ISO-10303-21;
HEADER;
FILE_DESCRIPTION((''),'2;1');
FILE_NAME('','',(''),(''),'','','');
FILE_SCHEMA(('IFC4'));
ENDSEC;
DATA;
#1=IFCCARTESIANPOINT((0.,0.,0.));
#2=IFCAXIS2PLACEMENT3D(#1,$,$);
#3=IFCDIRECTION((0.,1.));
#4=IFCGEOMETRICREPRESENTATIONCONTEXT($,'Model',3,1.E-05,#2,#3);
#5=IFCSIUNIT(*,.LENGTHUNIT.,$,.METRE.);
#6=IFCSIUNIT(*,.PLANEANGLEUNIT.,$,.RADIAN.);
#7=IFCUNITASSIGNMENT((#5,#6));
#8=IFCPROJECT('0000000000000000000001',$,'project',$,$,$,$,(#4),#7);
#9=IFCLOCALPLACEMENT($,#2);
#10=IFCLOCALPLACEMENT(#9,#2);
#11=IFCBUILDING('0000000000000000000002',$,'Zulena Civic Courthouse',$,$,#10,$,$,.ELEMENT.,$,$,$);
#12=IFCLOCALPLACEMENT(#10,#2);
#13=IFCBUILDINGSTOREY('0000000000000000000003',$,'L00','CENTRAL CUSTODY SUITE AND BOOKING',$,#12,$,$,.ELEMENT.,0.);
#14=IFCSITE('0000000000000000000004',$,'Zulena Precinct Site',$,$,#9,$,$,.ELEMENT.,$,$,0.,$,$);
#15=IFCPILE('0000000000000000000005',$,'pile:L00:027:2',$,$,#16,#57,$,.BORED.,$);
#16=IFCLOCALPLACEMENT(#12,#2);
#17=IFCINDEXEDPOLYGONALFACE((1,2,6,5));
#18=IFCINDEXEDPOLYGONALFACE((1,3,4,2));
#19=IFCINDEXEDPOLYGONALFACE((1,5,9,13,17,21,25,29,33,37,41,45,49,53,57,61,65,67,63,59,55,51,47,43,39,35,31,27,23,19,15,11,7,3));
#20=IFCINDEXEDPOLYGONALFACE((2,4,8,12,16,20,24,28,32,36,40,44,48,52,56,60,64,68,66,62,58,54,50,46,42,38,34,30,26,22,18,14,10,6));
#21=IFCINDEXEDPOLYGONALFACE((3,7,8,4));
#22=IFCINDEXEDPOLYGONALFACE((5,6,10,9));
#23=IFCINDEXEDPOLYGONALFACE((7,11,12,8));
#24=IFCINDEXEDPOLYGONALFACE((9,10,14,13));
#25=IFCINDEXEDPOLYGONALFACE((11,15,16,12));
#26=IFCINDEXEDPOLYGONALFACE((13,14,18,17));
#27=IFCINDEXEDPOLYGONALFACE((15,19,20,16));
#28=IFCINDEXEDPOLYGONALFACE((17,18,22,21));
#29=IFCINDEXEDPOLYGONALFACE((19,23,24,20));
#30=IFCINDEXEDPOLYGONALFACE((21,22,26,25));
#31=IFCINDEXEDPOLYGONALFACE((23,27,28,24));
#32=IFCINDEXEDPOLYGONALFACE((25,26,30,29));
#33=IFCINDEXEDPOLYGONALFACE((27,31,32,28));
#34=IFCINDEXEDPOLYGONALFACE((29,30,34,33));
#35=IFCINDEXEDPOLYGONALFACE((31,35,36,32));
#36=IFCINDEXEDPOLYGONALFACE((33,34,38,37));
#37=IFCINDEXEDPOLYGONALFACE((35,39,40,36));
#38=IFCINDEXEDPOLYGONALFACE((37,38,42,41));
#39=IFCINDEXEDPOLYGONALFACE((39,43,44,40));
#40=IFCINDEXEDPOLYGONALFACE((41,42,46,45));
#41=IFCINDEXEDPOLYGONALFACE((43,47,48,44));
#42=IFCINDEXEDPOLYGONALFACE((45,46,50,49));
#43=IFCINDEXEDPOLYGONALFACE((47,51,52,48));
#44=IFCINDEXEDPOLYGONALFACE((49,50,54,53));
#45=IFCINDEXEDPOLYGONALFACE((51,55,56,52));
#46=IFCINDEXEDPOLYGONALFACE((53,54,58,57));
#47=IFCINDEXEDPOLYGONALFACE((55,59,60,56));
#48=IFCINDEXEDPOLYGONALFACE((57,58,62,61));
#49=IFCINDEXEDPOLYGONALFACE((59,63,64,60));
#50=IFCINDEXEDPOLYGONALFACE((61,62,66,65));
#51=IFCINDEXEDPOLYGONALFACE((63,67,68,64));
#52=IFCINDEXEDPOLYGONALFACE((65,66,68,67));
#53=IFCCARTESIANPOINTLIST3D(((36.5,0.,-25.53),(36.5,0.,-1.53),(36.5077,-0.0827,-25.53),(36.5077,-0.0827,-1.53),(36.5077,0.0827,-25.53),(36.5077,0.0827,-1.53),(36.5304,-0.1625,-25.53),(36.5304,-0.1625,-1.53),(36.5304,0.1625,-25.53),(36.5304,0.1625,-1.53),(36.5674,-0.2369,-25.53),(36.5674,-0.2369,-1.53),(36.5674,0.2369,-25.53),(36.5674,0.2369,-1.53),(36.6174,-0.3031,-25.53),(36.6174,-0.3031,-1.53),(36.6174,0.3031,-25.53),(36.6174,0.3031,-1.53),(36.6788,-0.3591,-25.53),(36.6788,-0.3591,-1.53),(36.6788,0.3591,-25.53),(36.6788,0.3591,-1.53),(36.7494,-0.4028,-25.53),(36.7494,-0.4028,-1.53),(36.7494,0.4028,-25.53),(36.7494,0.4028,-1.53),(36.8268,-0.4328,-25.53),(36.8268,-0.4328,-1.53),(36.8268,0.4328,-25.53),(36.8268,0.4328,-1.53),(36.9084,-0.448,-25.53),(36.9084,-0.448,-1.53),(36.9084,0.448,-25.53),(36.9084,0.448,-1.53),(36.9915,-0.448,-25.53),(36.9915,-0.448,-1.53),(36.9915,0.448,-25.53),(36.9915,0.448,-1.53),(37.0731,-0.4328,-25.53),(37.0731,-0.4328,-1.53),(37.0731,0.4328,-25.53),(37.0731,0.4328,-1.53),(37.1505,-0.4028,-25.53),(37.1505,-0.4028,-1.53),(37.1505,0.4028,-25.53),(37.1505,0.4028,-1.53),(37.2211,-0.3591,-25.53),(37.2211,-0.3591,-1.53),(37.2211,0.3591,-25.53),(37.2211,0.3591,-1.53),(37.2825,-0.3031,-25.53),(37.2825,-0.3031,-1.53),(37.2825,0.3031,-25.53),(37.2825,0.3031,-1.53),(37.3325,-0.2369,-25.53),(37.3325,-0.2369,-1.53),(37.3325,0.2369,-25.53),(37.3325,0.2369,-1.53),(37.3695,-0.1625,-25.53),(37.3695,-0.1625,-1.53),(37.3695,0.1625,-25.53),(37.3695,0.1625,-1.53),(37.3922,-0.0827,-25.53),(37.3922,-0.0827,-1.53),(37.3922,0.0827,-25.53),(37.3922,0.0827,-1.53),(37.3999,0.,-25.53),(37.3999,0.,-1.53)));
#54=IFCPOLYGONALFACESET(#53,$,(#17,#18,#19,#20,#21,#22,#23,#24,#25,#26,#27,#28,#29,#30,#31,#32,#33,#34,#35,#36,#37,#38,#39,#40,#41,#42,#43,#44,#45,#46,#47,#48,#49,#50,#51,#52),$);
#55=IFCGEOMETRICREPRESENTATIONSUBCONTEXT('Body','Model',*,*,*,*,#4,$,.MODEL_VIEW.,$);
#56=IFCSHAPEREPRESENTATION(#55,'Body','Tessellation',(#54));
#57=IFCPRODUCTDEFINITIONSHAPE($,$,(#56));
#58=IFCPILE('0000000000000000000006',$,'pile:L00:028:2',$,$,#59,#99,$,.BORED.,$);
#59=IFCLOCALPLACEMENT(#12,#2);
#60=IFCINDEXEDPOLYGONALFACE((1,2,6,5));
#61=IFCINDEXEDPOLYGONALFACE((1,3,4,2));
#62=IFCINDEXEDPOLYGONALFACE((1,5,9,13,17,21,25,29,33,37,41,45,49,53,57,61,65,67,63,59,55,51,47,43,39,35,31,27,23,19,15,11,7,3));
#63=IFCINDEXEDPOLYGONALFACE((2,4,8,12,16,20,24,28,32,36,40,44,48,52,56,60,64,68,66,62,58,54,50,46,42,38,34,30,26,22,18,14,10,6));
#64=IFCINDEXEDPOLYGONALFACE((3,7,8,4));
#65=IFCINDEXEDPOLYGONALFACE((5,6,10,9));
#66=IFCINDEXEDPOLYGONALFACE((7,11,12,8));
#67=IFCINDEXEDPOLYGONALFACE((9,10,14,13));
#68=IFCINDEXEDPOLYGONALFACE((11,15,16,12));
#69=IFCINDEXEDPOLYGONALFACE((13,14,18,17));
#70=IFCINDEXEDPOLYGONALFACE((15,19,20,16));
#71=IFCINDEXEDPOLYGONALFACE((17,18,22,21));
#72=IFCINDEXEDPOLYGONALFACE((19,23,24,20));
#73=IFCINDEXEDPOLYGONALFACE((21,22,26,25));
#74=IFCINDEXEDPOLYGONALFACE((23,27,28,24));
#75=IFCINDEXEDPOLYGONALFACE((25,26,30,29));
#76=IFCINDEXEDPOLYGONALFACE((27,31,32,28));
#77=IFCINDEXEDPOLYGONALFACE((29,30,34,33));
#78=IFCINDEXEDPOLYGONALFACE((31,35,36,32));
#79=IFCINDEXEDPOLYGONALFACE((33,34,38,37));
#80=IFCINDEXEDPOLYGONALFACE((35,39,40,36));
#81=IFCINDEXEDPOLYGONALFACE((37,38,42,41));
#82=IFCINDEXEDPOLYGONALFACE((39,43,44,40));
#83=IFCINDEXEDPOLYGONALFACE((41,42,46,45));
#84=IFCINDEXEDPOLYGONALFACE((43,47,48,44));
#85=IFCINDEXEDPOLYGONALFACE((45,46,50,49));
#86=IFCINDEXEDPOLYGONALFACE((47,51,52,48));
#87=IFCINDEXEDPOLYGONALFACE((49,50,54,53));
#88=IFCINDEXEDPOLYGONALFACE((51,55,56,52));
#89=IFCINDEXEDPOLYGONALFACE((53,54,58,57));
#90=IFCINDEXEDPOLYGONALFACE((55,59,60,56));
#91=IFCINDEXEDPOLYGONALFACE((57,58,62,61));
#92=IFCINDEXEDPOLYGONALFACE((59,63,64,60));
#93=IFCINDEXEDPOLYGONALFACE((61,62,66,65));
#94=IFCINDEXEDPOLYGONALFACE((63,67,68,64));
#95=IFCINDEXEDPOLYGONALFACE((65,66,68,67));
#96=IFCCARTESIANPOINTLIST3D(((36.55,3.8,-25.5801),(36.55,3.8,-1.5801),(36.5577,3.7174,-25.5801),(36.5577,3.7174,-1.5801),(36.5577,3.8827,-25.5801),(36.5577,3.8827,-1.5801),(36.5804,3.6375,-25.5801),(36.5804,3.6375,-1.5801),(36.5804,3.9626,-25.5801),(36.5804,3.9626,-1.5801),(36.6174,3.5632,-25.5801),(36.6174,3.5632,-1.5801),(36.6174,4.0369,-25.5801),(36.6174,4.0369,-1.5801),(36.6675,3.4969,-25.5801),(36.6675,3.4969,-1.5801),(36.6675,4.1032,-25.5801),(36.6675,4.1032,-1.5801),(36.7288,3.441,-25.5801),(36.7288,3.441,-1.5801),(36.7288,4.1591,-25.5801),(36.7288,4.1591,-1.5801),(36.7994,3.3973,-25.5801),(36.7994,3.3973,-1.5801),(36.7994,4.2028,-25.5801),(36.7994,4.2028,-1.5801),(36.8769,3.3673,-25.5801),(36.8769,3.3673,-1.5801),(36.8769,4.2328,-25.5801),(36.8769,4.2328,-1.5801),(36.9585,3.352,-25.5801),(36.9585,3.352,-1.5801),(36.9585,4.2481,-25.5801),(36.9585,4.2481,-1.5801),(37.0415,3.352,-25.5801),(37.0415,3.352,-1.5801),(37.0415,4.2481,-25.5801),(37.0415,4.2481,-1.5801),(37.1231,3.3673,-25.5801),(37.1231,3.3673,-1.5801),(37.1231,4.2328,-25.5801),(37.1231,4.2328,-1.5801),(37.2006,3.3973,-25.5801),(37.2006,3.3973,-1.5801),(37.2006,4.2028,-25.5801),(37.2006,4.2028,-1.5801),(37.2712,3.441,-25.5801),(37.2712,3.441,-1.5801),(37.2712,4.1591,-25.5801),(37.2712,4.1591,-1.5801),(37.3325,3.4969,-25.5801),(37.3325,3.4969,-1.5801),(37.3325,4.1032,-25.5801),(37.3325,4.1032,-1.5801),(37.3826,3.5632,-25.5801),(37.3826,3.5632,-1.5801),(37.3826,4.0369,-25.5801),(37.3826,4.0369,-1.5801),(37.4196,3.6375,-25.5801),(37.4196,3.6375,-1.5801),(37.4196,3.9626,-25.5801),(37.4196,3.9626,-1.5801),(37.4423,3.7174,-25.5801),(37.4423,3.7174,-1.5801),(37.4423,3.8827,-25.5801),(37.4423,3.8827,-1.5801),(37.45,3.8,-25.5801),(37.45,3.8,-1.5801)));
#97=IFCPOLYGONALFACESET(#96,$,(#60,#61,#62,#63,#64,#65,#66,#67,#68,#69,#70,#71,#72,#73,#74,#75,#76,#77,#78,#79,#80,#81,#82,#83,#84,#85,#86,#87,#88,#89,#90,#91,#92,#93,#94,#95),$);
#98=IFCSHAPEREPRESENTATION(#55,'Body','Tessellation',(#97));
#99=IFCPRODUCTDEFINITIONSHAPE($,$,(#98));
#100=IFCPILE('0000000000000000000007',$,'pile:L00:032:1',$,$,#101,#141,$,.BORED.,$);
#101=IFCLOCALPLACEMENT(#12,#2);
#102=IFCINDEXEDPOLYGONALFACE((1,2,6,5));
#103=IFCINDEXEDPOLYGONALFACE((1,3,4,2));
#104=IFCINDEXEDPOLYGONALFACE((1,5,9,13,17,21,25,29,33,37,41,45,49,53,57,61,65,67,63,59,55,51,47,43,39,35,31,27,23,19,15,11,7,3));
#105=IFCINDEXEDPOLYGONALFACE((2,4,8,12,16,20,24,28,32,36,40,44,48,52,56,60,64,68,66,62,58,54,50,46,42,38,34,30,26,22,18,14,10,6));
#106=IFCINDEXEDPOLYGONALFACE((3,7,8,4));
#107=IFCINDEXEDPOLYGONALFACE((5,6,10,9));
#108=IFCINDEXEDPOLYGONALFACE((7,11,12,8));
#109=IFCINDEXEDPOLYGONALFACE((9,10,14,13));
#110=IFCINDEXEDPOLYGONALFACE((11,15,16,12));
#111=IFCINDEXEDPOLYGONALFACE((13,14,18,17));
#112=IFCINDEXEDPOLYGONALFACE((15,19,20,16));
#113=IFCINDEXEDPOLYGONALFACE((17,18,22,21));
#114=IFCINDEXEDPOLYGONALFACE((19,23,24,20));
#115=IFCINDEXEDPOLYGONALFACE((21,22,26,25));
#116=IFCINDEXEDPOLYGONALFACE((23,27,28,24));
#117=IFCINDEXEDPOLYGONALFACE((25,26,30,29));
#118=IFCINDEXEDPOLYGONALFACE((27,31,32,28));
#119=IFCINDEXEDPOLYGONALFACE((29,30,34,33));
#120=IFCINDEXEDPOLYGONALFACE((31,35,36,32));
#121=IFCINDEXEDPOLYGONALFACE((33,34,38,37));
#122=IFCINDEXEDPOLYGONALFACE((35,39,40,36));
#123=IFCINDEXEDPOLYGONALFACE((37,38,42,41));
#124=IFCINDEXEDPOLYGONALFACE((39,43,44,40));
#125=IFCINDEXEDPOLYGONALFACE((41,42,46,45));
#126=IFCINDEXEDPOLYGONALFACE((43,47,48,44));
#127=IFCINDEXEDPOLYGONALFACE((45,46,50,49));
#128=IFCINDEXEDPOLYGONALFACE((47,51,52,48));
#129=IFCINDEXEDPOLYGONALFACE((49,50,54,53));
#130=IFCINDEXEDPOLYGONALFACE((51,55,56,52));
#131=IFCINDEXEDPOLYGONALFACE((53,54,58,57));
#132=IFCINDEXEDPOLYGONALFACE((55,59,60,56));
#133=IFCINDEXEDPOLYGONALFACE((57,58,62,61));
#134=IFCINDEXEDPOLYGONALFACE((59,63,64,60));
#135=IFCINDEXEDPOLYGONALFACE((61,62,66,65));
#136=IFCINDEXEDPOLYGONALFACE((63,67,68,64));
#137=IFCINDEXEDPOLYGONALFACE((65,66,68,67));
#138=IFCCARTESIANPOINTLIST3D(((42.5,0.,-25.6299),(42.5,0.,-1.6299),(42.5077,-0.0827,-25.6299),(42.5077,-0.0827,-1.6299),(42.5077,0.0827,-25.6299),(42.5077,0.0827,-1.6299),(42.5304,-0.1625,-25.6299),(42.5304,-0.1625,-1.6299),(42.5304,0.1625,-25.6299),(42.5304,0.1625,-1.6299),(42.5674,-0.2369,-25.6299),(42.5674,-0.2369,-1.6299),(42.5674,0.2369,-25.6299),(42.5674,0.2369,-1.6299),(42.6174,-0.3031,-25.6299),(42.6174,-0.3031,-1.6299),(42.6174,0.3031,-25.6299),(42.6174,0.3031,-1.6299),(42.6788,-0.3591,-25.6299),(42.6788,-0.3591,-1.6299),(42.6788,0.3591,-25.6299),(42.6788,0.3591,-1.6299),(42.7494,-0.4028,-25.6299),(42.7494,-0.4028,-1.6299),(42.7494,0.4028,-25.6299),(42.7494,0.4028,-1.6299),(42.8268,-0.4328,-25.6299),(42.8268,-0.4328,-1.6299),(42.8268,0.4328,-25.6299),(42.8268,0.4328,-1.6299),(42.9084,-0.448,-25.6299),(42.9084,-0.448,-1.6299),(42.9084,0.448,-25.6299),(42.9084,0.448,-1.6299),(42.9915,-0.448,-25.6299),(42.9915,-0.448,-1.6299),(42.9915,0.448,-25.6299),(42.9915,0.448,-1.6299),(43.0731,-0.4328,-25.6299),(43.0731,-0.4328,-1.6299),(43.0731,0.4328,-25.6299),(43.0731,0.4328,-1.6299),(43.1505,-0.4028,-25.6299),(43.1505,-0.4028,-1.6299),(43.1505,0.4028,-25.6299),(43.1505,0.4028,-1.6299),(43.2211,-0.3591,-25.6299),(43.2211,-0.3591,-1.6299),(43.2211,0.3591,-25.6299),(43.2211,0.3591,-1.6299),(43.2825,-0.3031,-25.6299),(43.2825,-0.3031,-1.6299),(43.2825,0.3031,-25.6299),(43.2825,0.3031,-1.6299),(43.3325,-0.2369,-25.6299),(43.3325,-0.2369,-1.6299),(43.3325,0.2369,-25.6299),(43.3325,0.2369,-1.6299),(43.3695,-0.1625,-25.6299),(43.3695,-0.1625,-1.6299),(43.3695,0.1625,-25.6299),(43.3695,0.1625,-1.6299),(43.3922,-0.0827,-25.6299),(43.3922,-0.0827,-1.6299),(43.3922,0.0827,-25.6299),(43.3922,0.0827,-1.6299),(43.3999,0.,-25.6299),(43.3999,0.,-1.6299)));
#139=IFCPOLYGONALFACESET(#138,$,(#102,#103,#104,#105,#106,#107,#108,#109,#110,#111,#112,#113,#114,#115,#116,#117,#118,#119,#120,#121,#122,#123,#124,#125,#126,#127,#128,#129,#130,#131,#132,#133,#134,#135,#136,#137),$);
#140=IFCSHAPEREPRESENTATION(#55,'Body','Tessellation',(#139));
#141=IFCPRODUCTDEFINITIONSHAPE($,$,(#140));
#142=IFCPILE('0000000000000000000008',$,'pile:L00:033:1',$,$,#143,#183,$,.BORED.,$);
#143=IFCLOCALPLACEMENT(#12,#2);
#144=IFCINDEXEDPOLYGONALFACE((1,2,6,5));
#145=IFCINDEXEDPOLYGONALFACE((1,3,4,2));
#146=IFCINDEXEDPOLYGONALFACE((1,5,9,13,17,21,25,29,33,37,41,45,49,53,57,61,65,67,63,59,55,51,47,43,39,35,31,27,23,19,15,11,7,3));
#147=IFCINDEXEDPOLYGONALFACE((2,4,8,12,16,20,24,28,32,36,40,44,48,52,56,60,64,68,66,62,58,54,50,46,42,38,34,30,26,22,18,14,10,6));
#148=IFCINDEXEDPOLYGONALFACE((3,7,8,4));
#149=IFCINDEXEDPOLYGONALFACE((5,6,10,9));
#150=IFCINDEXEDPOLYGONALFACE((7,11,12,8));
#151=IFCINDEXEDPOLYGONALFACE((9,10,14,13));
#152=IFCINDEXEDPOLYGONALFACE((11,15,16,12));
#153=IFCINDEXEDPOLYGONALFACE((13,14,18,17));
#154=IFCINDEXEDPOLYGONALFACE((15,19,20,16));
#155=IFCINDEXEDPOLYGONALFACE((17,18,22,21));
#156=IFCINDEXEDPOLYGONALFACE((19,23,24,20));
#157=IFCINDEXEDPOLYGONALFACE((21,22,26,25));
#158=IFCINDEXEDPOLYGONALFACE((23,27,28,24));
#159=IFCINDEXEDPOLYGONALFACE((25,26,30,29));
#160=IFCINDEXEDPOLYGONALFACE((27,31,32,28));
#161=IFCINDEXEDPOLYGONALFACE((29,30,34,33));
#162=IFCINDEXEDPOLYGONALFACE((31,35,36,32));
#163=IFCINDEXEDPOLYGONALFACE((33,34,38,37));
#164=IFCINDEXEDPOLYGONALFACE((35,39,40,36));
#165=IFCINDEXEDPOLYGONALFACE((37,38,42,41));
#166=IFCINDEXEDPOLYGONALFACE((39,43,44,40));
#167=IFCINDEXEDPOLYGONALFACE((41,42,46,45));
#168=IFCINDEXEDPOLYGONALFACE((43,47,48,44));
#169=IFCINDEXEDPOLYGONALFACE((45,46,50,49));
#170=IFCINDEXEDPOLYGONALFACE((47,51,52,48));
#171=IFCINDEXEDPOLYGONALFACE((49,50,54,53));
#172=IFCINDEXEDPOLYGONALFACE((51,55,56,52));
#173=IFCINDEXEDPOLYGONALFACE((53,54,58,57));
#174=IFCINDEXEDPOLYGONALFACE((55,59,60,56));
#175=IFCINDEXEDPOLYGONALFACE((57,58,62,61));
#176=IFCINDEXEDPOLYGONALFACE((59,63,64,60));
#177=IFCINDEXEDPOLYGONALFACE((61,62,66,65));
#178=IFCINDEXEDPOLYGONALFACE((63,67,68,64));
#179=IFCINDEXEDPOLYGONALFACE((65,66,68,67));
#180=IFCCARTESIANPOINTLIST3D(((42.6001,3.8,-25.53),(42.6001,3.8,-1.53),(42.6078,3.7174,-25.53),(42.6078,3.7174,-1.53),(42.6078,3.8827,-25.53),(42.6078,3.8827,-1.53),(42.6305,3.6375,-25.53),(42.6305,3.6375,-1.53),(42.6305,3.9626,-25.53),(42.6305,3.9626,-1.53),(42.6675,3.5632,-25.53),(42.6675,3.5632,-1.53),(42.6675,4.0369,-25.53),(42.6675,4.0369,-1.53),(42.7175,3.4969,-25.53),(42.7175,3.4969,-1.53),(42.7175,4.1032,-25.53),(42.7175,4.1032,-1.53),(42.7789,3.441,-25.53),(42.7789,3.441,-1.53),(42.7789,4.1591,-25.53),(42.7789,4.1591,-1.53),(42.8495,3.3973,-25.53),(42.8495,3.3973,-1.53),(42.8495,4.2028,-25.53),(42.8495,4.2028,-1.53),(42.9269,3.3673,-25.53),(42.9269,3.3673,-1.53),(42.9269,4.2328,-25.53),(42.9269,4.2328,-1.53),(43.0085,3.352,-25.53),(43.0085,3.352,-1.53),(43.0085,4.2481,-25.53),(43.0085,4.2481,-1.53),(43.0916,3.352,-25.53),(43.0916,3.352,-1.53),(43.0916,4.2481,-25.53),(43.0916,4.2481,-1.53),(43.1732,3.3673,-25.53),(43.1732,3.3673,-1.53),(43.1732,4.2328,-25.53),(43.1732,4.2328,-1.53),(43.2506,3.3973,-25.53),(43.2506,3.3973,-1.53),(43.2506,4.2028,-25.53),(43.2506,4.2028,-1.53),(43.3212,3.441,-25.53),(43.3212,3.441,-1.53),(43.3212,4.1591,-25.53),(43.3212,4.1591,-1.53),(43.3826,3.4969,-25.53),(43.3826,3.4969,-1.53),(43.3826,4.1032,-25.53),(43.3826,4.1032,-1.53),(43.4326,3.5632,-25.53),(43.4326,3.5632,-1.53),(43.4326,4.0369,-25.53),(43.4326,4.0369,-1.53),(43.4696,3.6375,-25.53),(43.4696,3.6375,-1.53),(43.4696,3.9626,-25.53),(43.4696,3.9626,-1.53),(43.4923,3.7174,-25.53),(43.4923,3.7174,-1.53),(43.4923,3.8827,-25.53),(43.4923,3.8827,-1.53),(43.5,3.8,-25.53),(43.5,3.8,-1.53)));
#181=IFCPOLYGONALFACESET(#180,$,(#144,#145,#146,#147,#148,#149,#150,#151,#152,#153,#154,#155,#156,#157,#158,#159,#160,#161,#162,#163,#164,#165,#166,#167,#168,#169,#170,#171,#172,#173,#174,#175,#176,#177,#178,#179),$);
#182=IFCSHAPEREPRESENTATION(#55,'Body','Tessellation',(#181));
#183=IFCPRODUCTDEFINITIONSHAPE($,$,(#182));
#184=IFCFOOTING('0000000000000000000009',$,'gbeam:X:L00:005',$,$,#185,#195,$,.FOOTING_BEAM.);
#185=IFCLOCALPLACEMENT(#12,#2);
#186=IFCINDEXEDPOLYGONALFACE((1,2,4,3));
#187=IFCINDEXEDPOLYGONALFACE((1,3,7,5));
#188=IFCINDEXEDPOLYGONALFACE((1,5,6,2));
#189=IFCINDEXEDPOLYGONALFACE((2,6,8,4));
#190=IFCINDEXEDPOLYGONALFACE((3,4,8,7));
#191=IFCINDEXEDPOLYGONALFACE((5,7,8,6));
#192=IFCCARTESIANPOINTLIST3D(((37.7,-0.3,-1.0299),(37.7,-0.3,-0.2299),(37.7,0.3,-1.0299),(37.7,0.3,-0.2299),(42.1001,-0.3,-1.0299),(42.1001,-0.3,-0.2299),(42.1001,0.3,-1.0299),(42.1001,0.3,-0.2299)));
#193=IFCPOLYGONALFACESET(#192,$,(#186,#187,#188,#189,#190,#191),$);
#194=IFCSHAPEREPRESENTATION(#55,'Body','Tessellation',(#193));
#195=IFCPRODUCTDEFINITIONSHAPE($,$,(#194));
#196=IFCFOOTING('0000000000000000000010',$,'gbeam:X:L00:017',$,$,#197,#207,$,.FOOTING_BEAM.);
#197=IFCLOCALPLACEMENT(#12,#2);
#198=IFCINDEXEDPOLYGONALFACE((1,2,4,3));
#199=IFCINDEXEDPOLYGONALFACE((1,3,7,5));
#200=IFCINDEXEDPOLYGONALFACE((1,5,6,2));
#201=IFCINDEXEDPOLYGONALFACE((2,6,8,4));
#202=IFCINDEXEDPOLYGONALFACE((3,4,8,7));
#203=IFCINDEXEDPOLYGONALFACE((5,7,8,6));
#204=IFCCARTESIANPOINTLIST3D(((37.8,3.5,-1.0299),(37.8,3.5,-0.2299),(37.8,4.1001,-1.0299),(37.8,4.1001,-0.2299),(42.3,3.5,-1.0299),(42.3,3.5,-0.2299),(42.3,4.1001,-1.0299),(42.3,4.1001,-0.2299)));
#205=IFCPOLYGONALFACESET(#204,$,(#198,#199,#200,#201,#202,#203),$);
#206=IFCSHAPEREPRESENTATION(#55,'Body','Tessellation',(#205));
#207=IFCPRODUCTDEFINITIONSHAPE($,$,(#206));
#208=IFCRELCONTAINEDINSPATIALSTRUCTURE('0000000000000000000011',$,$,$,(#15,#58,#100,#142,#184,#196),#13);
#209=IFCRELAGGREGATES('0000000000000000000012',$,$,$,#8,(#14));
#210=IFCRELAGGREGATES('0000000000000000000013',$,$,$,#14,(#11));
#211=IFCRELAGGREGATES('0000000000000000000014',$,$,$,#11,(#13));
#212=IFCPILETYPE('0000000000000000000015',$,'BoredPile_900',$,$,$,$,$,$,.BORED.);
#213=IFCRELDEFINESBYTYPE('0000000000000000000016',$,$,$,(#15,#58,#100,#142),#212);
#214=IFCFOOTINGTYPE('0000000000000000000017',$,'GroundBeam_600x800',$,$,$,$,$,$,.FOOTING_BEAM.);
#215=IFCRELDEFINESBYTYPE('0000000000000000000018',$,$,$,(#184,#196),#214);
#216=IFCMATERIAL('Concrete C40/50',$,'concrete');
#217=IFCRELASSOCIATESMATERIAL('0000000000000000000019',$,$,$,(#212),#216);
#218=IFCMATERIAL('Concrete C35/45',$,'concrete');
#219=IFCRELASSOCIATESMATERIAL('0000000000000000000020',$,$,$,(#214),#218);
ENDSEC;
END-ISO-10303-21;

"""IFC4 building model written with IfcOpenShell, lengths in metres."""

from ifc_helpers import new_model, si_unit, direction, frame, origin, origin_2d, place, context, subcontext, project, spatial, rectangle, circle, extrude, material, material_profile, profile_set, type_object, element, save


model = new_model("IFC4")

# Units and contexts
model_context = context("Model", 3, precision=1e-05, world=origin(), true_north=direction((0.0, 1.0)))
body_context = subcontext(model_context, "Body", "Model", "MODEL_VIEW")
ifc_project = project(units=[si_unit("LENGTHUNIT", "METRE"), si_unit("PLANEANGLEUNIT", "RADIAN")], contexts=[model_context])

# Site, building, storey
site_placement = place(None, origin())
site = spatial("IfcSite", under=ifc_project, at=site_placement, Name="Zulena Precinct Site", CompositionType="ELEMENT", RefElevation=0.0)
building_placement = place(site_placement, origin())
building = spatial("IfcBuilding", under=site, at=building_placement, Name="Zulena Civic Courthouse", CompositionType="ELEMENT")
storey_placement = place(building_placement, origin())
storey = spatial("IfcBuildingStorey", under=building, at=storey_placement, Name="L00", Description="CENTRAL CUSTODY SUITE AND BOOKING", CompositionType="ELEMENT", Elevation=0.0)

# Piles
ifc_material_1 = material(Name="Concrete C40/50", Category="concrete")
ifc_material_profile_1 = material_profile(ifc_material_1, circle(Radius=0.45, at=origin_2d()), Name="PILE900")
ifc_profile_set_1 = profile_set([ifc_material_profile_1], Name="Concrete C40/50")
pile_type = type_object("IfcPileType", Name="BoredPile_900", PredefinedType="BORED", material=ifc_profile_set_1)
for number, where, z_axis, x_axis, name in (
    (1, (36.95, 0.0, -1.53), (0.0, 0.0, -1.0), (1.0, 0.0, 0.0), "pile:L00:027:2"),
    (2, (37.0, 3.8, -1.5801), (0.0, 0.0, -1.0), (1.0, 0.0, 0.0), "pile:L00:028:2"),
    (3, (42.95, 0.0, -1.6299), (0.0, 0.0, -1.0), (1.0, 0.0, 0.0), "pile:L00:032:1"),
    (4, (43.05, 3.8, -1.53), (0.0, 0.0, -1.0), (1.0, 0.0, 0.0), "pile:L00:033:1"),
):
    element("IfcPile", number, at=place(storey_placement, frame(where, z_axis=z_axis, x_axis=x_axis)), inside=storey, type_object=pile_type, Name=name, PredefinedType="BORED", context=body_context, shape_type="SweptSolid", body=[
        extrude(circle(Radius=0.45, at=origin_2d()), origin(), (0.0, 0.0, 1.0), 24.0),
    ])

# Footings
ifc_material_2 = material(Name="Concrete C35/45", Category="concrete")
ifc_material_profile_2 = material_profile(ifc_material_2, rectangle(XDim=0.6001, YDim=0.8, at=origin_2d()), Name="RC600X800")
ifc_profile_set_2 = profile_set([ifc_material_profile_2], Name="Concrete C35/45")
footing_type_1 = type_object("IfcFootingType", Name="GroundBeam_600x800", PredefinedType="FOOTING_BEAM", material=ifc_profile_set_2)
footing_1_placement = place(storey_placement, frame((37.7, 0.0, -0.6299), z_axis=(1.0, 0.0, 0.0), x_axis=(0.0, 1.0, 0.0)))
element("IfcFooting", 5, at=footing_1_placement, inside=storey, type_object=footing_type_1, Name="gbeam:X:L00:005", PredefinedType="FOOTING_BEAM", context=body_context, shape_type="SweptSolid", body=[
    extrude(rectangle(XDim=0.6001, YDim=0.8, at=origin_2d()), origin(), (0.0, 0.0, 1.0), 4.4001),
])
footing_2_placement = place(storey_placement, frame((37.8, 3.8, -0.6299), z_axis=(1.0, 0.0, 0.0), x_axis=(0.0, 1.0, 0.0)))
element("IfcFooting", 6, at=footing_2_placement, inside=storey, type_object=footing_type_1, Name="gbeam:X:L00:017", PredefinedType="FOOTING_BEAM", context=body_context, shape_type="SweptSolid", body=[
    extrude(rectangle(XDim=0.6001, YDim=0.8, at=origin_2d()), origin(), (0.0, 0.0, 1.0), 4.5),
])

save(model, "model.ifc")
